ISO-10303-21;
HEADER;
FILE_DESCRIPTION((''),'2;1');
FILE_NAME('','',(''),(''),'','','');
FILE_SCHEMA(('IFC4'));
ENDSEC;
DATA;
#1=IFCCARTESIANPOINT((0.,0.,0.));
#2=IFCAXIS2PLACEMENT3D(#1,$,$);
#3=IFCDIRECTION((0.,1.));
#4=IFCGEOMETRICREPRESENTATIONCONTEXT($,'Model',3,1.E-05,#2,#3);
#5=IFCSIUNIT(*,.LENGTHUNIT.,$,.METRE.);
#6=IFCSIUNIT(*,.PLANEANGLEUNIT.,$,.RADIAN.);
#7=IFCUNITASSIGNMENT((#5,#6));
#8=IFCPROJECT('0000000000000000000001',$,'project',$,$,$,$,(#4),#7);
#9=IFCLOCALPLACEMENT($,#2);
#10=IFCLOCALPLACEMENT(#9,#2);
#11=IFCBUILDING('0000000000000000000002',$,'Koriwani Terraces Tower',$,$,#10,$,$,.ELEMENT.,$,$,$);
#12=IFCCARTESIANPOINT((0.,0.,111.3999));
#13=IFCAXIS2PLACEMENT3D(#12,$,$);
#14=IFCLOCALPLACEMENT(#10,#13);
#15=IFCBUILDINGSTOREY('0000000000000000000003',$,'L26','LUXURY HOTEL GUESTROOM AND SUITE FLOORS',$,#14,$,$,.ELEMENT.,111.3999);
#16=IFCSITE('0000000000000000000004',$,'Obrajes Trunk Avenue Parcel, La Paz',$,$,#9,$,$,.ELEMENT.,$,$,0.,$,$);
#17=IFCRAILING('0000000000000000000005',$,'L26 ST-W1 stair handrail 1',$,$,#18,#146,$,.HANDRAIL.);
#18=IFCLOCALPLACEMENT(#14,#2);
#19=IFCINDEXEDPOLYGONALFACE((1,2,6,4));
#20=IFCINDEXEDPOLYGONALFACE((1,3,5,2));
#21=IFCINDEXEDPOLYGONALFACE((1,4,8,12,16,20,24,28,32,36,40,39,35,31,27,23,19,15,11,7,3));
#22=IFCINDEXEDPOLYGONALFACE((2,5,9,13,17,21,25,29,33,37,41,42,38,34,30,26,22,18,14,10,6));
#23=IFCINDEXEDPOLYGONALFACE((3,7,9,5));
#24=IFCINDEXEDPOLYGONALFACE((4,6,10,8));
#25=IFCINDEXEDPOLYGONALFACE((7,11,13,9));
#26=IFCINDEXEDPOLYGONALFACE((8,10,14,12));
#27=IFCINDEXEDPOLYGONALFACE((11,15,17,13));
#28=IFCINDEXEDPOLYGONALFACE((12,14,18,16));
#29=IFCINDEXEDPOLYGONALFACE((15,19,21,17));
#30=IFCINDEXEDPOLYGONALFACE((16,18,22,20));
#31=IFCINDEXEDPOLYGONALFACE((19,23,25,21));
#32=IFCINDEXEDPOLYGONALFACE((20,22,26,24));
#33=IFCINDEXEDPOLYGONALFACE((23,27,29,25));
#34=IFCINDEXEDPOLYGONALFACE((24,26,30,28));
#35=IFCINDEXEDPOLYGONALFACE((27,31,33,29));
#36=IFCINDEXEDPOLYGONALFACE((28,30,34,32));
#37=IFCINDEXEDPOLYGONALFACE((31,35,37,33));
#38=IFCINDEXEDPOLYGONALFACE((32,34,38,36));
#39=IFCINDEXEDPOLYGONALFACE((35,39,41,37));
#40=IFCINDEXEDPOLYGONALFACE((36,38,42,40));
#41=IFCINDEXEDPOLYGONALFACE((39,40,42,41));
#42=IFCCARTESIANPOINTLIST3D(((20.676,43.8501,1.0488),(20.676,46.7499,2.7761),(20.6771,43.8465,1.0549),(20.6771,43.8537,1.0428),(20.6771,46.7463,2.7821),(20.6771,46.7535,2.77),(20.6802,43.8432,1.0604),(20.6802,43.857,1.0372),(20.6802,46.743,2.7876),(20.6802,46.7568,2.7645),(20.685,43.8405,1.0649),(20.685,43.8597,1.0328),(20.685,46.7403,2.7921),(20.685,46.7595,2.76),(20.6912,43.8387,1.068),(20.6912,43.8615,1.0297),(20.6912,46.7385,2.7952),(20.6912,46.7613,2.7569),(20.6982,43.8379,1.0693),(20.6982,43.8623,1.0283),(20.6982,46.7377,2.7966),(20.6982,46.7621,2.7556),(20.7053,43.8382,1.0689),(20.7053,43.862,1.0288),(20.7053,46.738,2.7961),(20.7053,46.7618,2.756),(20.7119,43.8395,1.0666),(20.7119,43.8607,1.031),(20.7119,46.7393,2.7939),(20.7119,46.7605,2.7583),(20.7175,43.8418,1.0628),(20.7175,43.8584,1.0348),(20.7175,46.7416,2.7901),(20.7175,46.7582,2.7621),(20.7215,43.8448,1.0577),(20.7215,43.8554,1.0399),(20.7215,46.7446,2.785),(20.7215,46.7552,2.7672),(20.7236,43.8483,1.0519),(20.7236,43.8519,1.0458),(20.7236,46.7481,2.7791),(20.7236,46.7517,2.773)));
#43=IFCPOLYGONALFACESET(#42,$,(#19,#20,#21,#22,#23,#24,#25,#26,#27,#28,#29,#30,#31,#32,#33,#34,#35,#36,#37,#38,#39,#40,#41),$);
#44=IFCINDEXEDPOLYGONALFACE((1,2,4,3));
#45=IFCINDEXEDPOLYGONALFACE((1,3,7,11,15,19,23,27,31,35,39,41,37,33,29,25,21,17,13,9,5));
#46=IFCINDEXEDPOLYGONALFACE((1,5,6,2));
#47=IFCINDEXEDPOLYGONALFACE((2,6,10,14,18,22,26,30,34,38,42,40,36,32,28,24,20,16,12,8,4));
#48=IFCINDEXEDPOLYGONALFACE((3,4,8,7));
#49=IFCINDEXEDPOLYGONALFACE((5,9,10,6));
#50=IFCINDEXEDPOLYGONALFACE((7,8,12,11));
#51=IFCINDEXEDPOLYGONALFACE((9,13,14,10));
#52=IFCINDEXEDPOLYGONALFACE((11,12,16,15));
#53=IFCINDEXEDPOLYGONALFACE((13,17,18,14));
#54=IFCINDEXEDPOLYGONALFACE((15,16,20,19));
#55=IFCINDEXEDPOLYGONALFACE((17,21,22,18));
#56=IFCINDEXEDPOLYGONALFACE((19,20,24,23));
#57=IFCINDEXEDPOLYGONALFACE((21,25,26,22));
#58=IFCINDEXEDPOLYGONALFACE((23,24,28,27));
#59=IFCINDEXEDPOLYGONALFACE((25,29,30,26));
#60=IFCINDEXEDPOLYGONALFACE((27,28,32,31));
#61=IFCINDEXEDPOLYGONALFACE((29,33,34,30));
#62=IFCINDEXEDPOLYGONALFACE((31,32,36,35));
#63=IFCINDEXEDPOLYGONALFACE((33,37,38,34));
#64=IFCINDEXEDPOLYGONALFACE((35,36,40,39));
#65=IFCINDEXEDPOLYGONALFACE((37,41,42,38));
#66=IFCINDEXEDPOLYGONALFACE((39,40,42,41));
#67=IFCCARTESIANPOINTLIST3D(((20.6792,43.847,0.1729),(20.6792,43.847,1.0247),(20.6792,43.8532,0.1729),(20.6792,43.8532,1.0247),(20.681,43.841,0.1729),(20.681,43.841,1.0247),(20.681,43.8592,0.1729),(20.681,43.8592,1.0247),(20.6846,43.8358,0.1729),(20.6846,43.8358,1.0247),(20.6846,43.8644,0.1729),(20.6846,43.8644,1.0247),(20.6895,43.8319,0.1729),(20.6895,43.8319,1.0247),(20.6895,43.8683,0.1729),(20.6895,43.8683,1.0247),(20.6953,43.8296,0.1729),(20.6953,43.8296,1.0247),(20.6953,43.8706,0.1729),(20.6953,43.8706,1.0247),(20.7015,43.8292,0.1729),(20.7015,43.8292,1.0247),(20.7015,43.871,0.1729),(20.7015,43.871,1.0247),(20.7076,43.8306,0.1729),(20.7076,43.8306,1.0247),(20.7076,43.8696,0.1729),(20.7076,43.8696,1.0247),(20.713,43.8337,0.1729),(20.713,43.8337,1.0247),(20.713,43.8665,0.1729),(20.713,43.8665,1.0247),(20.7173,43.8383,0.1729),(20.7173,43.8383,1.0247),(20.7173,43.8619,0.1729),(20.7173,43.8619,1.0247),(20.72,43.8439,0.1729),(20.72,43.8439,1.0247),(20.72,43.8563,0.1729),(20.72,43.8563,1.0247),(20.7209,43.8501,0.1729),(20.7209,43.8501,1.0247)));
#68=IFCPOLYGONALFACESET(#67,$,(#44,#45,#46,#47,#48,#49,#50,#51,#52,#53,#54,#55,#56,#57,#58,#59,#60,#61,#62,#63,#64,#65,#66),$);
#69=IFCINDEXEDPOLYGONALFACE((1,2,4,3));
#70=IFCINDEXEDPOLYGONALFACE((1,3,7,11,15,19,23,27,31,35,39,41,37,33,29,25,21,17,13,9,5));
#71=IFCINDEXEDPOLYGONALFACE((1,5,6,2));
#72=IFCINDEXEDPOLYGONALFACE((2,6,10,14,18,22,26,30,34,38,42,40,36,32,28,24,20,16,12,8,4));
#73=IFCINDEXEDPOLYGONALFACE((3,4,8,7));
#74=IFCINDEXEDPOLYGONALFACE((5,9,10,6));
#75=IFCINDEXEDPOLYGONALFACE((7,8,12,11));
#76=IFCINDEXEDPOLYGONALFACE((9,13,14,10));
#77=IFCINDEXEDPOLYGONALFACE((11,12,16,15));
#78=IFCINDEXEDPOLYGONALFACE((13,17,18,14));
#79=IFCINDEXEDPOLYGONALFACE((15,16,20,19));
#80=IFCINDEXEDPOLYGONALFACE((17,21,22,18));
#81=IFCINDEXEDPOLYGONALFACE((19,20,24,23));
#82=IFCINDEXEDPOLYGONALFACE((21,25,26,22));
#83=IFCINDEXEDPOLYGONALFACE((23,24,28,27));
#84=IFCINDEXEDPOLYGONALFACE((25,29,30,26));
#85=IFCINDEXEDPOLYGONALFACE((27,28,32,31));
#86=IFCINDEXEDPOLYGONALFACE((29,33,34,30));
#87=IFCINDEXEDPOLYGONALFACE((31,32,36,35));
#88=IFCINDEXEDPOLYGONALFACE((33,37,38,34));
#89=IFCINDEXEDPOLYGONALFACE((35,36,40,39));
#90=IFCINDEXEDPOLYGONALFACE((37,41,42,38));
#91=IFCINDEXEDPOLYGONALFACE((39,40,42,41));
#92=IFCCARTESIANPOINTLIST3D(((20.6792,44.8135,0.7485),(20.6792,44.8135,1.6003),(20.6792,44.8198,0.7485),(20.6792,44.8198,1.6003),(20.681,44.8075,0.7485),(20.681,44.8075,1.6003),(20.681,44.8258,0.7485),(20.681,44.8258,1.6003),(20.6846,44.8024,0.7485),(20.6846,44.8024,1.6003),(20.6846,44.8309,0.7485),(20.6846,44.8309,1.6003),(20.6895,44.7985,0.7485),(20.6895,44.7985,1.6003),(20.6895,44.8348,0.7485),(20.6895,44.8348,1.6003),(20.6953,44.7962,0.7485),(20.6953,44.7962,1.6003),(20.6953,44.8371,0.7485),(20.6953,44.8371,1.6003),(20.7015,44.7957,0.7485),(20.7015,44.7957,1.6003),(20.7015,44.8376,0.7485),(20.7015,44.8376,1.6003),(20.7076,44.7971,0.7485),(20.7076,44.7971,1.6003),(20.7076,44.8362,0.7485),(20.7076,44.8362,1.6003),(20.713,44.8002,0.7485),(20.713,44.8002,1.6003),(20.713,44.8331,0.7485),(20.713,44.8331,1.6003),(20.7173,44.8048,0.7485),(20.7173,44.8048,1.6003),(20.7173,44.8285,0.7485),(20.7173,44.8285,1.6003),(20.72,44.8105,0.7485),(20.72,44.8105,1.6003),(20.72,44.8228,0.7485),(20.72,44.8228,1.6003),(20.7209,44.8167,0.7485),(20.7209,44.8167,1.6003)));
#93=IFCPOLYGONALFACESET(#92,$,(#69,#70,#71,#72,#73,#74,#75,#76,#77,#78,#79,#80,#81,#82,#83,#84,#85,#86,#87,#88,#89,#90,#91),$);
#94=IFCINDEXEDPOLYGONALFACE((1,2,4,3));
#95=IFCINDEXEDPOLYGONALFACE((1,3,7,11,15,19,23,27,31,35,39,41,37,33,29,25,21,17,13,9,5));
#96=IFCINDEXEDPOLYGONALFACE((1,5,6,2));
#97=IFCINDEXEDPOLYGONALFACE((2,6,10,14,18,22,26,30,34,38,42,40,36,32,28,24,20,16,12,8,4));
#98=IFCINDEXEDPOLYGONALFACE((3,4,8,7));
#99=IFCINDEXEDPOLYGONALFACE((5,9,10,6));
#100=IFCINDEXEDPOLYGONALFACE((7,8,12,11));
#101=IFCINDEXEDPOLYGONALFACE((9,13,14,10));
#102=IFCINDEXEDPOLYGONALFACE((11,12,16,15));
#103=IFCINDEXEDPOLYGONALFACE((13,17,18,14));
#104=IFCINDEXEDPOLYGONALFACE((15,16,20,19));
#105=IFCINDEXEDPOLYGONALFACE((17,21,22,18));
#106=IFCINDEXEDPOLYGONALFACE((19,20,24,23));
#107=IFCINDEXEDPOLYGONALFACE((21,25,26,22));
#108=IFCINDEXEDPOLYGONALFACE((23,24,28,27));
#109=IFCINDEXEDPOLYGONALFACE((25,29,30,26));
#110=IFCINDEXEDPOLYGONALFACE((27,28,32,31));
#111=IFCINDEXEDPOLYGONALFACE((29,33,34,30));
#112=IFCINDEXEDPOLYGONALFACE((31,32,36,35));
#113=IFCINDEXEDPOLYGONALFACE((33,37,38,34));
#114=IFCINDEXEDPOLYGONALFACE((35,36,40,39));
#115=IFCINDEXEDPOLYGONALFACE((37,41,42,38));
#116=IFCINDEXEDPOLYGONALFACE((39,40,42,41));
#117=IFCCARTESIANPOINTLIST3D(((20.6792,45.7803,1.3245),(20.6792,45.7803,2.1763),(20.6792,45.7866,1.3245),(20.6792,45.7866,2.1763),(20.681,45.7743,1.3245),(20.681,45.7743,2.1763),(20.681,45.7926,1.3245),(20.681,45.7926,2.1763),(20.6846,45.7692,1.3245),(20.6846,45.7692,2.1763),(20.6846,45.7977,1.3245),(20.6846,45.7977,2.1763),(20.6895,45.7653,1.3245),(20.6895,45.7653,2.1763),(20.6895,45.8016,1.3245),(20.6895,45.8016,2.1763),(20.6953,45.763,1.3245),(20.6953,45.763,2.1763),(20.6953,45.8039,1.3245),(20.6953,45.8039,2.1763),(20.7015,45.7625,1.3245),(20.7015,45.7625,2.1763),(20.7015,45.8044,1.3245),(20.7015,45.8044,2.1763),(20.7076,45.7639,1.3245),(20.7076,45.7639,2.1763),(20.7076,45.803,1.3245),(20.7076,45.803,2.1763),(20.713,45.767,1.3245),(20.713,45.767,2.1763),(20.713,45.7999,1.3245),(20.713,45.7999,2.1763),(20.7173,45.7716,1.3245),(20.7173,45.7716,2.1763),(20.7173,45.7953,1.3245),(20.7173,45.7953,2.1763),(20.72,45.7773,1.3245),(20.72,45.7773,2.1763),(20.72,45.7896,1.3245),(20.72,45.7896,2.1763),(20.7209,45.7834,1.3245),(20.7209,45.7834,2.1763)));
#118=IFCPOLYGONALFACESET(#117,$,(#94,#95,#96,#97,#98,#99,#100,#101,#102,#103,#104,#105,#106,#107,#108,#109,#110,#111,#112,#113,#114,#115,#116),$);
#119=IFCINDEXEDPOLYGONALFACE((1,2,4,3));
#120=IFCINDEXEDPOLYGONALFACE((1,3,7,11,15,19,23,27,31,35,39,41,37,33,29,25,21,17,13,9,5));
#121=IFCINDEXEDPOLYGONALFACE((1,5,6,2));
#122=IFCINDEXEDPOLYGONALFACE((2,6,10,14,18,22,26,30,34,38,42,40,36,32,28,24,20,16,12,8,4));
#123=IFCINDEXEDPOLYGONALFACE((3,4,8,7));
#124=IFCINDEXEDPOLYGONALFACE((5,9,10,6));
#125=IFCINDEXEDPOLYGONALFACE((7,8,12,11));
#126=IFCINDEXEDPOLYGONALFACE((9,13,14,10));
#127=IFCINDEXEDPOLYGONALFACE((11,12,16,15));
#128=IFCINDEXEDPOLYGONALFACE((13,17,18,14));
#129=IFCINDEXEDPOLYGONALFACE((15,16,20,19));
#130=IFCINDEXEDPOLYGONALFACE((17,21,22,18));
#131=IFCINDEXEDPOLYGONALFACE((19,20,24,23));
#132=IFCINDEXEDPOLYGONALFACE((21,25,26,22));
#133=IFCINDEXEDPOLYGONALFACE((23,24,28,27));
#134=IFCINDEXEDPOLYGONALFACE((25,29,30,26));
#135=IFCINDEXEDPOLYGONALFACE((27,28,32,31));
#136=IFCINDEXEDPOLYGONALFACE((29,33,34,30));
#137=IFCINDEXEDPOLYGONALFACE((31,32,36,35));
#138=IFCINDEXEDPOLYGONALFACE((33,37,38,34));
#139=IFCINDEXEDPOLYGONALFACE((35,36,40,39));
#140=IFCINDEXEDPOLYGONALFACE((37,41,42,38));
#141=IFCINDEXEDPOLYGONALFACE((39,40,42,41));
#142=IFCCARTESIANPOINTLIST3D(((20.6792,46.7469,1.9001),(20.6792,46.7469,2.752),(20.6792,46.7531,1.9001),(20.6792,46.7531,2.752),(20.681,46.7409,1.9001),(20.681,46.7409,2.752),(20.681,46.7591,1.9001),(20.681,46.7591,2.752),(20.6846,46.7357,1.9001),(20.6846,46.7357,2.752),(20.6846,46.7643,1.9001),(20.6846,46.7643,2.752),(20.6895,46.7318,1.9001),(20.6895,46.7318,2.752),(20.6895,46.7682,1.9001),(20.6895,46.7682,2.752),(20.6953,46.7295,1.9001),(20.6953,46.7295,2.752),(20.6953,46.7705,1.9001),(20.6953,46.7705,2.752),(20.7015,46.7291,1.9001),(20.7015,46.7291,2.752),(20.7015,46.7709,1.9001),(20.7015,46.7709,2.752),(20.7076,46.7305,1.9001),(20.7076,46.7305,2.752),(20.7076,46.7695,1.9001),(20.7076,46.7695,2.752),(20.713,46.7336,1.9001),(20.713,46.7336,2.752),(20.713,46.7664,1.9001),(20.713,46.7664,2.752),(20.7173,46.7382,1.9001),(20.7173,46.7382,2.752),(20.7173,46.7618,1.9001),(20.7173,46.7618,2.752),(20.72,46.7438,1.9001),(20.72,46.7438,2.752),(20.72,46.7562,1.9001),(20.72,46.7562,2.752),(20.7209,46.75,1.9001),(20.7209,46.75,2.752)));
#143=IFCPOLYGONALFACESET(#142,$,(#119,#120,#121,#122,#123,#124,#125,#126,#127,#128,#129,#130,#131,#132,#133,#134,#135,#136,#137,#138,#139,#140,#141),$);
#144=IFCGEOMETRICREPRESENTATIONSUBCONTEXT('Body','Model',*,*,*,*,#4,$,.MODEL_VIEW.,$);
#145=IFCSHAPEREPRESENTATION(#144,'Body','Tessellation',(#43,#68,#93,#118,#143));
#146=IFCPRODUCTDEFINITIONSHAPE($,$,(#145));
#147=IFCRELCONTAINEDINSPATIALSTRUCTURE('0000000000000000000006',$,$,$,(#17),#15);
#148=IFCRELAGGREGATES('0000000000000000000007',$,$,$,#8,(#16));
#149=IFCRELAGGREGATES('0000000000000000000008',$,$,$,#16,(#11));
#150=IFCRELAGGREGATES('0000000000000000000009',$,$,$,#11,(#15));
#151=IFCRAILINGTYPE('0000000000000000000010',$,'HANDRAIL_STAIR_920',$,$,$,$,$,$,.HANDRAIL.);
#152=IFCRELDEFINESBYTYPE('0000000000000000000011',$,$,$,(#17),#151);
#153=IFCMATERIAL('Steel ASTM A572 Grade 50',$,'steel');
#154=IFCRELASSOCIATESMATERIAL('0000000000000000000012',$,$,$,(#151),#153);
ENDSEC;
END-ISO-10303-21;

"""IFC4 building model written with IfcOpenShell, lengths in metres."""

from ifc_helpers import new_model, si_unit, direction, frame, origin, origin_2d, place, context, subcontext, project, spatial, circle, extrude, material, type_object, element, save


model = new_model("IFC4")

# Units and contexts
model_context = context("Model", 3, precision=1e-05, world=origin(), true_north=direction((0.0, 1.0)))
body_context = subcontext(model_context, "Body", "Model", "MODEL_VIEW")
ifc_project = project(units=[si_unit("LENGTHUNIT", "METRE"), si_unit("PLANEANGLEUNIT", "RADIAN")], contexts=[model_context])

# Site, building, storey
site_placement = place(None, origin())
site = spatial("IfcSite", under=ifc_project, at=site_placement, Name="Obrajes Trunk Avenue Parcel, La Paz", CompositionType="ELEMENT", RefElevation=0.0)
building_placement = place(site_placement, origin())
building = spatial("IfcBuilding", under=site, at=building_placement, Name="Koriwani Terraces Tower", CompositionType="ELEMENT")
storey_placement = place(building_placement, frame((0.0, 0.0, 111.3999)))
storey = spatial("IfcBuildingStorey", under=building, at=storey_placement, Name="L26", Description="LUXURY HOTEL GUESTROOM AND SUITE FLOORS", CompositionType="ELEMENT", Elevation=111.3999)

# Shared definitions
ifc_material_1 = material(Name="Steel ASTM A572 Grade 50", Category="steel")

# Railing
railing_type_1 = type_object("IfcRailingType", Name="HANDRAIL_STAIR_920", PredefinedType="HANDRAIL", material=ifc_material_1)
for number, where, name in (
    (1, (20.7, 43.8501, 0.1729), "L26 ST-W1 stair handrail 1"),
):
    element("IfcRailing", number, at=place(storey_placement, frame(where)), inside=storey, type_object=railing_type_1, Name=name, PredefinedType="HANDRAIL", context=body_context, shape_type="SweptSolid", body=[
        extrude(circle(Radius=0.0239, at=origin_2d()), frame((0.0, 0.0, 0.876), z_axis=(0.0, 0.859141, 0.511738), x_axis=(-1.0, 0.0, 0.0)), (0.0, 0.0, 1.0), 3.3752),
        extrude(circle(Radius=0.021, at=origin_2d()), origin(), (0.0, 0.0, 1.0), 0.8518),
        extrude(circle(Radius=0.021, at=origin_2d()), frame((0.0, 0.9666, 0.5757)), (0.0, 0.0, 1.0), 0.8518),
        extrude(circle(Radius=0.021, at=origin_2d()), frame((0.0, 1.9333, 1.1516)), (0.0, 0.0, 1.0), 0.8518),
        extrude(circle(Radius=0.021, at=origin_2d()), frame((0.0, 2.8999, 1.7273)), (0.0, 0.0, 1.0), 0.8518),
    ])

save(model, "model.ifc")
